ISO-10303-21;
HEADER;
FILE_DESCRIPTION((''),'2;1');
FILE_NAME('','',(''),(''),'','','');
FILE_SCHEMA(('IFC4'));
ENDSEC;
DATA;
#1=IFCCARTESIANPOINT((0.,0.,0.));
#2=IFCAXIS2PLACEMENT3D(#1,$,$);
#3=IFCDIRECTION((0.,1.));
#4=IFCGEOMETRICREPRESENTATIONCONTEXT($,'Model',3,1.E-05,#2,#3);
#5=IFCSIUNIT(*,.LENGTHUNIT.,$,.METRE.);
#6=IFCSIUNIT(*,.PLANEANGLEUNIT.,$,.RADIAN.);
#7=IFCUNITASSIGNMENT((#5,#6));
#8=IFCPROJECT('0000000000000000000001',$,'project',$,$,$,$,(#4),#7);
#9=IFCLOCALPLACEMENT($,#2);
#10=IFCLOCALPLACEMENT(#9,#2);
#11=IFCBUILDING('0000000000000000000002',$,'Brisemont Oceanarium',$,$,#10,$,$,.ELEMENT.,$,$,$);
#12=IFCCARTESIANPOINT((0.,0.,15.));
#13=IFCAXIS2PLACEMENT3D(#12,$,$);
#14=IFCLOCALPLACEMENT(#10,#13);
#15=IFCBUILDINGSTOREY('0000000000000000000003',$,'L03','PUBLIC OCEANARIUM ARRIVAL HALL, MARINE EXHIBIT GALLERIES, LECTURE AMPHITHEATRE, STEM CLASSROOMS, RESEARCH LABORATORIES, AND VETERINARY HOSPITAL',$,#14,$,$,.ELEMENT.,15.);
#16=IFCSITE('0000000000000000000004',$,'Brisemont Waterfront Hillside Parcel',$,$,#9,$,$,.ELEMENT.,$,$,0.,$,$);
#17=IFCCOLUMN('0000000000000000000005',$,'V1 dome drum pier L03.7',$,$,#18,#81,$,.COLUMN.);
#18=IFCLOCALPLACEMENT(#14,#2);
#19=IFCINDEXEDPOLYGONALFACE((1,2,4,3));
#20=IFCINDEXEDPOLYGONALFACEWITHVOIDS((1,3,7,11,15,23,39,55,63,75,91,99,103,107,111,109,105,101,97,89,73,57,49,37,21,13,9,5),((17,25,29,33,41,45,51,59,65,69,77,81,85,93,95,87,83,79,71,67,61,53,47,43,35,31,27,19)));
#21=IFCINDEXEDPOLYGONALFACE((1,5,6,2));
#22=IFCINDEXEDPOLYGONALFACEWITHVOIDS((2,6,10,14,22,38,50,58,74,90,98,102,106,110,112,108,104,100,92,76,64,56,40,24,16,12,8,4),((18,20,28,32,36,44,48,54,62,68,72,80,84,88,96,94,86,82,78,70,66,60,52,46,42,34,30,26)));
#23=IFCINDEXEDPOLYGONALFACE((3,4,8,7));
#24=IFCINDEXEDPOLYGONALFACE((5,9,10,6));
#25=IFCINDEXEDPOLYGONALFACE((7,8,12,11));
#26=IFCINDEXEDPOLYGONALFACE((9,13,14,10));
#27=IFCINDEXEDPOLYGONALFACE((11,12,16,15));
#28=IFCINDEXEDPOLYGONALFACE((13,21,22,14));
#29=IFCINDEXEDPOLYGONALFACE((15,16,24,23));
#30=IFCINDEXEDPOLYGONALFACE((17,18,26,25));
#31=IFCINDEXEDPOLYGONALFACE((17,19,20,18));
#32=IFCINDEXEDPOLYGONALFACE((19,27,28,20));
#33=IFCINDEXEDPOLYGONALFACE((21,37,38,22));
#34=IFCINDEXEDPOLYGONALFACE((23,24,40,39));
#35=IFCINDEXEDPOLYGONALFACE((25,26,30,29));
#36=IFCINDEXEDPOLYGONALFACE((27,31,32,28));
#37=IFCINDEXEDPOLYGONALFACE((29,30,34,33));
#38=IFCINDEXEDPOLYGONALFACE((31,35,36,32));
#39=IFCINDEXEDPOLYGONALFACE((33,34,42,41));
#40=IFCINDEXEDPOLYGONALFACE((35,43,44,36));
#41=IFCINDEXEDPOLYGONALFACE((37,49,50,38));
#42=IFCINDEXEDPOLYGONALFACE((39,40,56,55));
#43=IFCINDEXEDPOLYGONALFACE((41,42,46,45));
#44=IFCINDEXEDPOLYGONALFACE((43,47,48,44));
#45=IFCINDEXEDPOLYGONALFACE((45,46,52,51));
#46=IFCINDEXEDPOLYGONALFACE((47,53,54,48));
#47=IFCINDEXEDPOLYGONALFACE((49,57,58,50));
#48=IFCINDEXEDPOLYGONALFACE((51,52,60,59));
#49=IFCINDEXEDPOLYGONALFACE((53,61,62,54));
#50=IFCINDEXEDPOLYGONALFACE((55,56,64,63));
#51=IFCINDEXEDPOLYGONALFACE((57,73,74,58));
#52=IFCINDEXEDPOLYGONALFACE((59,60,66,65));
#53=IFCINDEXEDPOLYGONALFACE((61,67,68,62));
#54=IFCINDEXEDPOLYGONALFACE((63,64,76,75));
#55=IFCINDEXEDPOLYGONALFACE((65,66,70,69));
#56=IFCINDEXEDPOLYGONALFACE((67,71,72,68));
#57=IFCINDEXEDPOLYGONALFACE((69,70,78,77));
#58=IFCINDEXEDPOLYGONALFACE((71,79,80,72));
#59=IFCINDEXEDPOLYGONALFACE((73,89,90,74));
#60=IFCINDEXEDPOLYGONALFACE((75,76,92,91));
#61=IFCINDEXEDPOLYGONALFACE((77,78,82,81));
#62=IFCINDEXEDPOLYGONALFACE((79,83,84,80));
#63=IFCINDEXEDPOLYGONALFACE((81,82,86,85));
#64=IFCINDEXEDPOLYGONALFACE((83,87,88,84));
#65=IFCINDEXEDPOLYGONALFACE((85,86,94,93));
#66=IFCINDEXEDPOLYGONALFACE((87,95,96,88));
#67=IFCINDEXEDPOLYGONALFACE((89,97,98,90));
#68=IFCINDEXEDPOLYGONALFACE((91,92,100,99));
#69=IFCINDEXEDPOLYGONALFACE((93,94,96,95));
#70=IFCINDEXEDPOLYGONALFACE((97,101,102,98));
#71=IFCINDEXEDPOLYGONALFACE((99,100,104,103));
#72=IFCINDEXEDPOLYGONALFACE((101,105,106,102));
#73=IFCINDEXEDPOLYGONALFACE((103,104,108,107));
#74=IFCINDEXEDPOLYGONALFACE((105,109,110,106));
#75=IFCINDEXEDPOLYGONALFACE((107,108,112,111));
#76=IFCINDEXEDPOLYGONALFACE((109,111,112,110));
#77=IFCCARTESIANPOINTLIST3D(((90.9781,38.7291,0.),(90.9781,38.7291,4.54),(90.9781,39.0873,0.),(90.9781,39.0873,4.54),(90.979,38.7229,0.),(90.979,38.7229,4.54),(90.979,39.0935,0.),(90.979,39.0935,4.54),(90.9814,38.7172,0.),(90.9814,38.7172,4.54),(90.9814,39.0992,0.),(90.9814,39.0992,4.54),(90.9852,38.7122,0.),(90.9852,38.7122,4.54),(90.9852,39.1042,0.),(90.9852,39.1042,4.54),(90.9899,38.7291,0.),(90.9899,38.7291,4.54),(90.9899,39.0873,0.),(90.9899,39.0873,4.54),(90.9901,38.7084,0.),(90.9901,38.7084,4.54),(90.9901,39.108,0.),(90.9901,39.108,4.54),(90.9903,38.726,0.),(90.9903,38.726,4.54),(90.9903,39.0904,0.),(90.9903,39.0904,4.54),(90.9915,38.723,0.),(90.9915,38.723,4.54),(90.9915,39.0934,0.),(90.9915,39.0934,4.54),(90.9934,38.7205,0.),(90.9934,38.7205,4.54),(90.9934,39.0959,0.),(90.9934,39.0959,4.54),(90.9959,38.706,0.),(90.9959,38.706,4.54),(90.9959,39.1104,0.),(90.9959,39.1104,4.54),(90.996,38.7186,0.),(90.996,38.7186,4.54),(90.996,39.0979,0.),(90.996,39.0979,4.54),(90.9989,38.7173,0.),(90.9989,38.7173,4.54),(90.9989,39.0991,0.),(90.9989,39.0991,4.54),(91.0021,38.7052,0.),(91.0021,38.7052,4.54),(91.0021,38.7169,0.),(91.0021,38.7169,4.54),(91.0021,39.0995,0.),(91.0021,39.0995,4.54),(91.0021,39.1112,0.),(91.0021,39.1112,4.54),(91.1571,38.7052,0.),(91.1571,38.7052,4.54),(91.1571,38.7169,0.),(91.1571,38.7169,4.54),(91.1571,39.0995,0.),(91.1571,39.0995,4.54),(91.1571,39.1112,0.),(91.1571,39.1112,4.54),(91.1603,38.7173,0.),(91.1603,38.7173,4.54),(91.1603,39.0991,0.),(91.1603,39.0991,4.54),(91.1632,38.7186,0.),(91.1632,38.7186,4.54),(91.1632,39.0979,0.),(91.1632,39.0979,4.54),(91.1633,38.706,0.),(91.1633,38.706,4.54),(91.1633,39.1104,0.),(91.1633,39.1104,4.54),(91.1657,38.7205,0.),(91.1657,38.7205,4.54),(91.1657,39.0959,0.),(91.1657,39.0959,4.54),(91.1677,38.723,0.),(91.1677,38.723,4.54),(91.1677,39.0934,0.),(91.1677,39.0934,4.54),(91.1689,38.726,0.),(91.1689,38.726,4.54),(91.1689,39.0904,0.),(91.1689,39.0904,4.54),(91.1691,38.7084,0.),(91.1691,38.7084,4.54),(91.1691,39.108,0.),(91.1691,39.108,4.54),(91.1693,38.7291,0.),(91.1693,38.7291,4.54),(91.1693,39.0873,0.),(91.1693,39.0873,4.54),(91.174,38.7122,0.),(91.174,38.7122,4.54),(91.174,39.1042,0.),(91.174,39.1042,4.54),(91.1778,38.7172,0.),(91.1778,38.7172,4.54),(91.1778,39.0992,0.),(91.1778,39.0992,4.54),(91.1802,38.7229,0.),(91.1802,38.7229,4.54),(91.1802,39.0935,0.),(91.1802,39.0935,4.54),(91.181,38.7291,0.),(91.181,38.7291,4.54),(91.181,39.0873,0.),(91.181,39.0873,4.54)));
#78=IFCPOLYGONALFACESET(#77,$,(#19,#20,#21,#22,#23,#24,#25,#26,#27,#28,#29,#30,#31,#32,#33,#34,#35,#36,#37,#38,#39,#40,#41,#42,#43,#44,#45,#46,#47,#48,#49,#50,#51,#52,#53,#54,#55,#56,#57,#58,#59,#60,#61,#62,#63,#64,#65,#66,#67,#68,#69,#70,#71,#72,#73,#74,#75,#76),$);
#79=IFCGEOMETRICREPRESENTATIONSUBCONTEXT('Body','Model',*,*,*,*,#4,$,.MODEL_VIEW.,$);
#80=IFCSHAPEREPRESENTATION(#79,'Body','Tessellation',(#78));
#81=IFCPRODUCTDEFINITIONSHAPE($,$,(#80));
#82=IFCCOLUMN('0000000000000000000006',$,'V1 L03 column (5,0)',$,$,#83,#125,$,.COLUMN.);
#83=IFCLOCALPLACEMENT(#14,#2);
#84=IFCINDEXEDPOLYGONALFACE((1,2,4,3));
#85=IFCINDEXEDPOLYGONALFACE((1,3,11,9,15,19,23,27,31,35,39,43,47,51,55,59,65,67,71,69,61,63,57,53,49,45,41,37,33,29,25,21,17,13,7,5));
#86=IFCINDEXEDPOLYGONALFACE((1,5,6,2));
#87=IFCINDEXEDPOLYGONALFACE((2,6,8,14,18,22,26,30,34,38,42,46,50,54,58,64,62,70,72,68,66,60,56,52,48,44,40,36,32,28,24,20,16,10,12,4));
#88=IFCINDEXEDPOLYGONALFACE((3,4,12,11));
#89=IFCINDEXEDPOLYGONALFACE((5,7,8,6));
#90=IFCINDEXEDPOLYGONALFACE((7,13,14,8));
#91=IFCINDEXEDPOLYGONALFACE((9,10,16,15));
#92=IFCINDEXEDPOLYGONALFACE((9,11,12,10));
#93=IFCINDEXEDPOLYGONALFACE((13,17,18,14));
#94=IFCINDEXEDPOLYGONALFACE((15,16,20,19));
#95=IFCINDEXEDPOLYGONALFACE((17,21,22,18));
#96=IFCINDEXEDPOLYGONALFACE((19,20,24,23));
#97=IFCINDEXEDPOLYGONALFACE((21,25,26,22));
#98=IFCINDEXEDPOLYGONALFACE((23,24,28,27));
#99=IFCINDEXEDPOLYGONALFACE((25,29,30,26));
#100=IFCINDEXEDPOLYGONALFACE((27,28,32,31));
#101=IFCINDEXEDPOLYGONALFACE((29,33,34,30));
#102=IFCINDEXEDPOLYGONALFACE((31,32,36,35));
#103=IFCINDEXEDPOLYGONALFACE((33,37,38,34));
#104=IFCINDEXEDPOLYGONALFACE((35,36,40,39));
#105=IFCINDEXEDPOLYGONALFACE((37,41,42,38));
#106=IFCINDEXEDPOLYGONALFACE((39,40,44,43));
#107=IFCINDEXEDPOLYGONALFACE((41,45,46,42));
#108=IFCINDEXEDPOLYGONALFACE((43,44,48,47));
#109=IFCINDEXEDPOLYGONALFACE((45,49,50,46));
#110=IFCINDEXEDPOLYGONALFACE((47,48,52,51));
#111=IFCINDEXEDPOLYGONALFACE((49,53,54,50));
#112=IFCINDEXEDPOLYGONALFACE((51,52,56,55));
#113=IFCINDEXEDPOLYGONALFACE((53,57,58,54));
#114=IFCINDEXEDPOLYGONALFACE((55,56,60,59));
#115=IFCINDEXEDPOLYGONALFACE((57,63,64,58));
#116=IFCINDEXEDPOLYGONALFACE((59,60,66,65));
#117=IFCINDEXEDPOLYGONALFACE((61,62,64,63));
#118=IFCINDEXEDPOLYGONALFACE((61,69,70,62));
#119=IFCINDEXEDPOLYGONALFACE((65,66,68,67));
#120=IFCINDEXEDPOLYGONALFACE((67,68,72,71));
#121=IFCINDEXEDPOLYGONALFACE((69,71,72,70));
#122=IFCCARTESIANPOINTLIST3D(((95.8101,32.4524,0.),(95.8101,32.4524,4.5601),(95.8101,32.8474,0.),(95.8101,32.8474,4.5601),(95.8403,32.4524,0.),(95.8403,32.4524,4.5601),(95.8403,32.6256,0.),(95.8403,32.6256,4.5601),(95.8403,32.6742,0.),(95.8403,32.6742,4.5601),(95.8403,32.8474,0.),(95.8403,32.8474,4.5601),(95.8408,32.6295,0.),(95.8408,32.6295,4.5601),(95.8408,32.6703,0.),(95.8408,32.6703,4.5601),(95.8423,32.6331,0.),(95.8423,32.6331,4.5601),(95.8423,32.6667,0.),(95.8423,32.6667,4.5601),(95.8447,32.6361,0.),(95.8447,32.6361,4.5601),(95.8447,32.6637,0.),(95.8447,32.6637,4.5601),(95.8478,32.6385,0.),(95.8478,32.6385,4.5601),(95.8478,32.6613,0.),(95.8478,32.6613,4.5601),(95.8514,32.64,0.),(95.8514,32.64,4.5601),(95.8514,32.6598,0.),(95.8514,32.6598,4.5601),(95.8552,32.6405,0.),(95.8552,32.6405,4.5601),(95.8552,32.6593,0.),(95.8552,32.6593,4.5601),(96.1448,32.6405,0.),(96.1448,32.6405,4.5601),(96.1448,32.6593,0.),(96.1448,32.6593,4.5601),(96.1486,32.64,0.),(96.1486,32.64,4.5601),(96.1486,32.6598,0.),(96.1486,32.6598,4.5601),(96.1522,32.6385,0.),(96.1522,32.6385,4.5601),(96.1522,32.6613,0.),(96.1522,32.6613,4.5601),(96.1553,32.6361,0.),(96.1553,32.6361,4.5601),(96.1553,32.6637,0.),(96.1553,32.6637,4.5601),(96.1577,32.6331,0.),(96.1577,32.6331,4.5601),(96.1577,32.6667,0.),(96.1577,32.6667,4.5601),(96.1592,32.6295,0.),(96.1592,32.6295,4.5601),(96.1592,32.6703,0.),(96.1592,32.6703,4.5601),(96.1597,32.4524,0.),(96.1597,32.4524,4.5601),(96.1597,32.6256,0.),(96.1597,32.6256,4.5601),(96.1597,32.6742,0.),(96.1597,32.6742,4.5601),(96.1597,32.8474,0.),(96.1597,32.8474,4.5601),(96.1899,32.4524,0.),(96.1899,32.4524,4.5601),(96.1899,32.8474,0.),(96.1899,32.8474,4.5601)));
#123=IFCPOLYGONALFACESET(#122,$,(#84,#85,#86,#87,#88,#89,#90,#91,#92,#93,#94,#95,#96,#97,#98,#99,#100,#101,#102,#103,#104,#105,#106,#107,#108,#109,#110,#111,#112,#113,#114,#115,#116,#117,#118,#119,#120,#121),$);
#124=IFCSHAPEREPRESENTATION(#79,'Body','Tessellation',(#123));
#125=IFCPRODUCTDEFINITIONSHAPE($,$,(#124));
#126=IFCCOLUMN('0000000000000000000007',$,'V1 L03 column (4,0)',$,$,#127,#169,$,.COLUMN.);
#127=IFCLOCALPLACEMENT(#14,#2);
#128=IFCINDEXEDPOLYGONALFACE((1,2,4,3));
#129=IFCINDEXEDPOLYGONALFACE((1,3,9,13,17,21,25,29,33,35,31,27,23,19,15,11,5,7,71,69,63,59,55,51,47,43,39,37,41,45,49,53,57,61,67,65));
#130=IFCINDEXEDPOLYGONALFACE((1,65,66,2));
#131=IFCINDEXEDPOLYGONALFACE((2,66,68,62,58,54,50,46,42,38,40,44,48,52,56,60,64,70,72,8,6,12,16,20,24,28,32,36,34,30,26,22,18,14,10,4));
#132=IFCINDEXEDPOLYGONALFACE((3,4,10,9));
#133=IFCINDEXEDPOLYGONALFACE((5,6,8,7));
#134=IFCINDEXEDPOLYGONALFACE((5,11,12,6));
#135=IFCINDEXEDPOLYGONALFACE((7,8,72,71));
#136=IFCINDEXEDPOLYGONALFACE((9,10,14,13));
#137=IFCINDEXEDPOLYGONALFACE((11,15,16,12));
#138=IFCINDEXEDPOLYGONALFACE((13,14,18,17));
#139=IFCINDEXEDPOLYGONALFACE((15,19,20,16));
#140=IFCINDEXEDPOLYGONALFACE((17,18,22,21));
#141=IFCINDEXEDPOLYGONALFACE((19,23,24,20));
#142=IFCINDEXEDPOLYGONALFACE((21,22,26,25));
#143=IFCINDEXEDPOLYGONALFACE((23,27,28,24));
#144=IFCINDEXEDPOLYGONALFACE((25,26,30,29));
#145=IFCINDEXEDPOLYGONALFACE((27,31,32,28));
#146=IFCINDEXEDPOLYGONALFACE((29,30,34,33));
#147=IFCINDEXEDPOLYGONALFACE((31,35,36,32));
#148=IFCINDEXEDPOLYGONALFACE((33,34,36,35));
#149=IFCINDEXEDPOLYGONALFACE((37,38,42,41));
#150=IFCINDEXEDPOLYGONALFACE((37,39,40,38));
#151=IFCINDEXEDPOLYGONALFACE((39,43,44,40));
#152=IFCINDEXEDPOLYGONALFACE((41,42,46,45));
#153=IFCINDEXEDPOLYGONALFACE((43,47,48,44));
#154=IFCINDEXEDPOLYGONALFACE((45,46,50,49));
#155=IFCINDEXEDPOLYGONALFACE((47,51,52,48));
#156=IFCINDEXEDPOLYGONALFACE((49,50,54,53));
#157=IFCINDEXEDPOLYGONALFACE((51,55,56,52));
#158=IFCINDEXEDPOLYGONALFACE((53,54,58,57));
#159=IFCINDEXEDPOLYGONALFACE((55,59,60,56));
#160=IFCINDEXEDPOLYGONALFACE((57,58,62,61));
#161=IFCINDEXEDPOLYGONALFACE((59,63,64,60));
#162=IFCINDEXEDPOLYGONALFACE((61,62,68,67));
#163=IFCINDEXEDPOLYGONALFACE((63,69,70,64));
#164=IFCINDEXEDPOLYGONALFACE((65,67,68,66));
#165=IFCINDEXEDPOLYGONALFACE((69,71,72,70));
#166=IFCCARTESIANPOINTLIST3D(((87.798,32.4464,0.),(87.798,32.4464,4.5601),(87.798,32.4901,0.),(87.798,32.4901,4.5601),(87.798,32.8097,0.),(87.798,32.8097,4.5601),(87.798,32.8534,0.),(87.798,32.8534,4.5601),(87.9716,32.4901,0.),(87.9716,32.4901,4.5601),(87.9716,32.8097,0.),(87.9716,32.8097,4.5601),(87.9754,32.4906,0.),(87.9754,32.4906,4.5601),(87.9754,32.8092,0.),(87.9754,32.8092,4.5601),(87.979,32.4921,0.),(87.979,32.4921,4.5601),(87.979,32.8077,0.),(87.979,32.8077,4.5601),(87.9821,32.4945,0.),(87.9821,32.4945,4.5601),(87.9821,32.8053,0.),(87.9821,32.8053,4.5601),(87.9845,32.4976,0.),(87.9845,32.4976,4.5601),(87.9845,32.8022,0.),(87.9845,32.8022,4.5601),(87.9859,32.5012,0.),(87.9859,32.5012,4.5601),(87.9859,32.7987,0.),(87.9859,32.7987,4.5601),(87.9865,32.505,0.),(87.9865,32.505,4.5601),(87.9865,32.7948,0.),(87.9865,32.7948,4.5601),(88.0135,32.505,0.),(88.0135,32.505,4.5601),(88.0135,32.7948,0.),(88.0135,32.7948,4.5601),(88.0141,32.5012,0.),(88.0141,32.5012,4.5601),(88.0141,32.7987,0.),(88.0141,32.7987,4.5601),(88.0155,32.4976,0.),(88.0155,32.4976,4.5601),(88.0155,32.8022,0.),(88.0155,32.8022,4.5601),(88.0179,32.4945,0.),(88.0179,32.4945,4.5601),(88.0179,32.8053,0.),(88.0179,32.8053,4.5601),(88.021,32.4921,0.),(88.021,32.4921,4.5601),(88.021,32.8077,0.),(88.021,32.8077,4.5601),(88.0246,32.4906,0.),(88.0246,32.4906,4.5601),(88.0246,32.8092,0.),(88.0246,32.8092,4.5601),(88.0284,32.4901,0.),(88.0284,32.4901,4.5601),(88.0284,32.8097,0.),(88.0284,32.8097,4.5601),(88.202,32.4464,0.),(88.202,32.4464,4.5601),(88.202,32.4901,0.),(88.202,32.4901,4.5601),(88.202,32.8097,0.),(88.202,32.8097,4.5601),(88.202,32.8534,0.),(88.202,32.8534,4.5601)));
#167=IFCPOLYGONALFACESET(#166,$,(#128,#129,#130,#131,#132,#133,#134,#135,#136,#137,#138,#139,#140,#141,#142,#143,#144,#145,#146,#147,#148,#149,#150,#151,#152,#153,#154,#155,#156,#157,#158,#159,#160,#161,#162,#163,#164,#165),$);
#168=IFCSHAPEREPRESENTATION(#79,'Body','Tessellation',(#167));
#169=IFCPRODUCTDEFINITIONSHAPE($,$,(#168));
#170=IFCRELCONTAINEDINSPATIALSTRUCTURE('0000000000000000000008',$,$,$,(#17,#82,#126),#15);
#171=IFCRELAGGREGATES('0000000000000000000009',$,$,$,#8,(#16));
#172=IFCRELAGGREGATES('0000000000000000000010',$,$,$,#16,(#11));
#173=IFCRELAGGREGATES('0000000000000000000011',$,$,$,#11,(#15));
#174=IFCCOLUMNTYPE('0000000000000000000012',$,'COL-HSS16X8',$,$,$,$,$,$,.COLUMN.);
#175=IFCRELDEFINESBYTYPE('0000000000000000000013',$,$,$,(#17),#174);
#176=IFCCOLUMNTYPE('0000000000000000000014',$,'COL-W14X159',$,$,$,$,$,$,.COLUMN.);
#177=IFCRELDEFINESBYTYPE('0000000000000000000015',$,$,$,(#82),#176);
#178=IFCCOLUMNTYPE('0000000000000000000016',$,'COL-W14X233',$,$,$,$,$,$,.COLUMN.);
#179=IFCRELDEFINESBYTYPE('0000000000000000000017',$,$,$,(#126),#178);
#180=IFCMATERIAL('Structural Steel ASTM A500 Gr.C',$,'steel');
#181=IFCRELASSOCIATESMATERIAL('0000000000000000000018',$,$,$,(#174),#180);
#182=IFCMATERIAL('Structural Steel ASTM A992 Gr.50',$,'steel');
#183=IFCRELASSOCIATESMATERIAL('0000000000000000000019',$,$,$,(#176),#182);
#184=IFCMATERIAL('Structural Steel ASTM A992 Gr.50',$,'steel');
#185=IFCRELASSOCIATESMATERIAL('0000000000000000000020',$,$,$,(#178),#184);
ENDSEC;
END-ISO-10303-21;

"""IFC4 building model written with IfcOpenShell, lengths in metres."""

from ifc_helpers import new_model, si_unit, direction, frame, origin, origin_2d, place, context, subcontext, project, spatial, hollow_rectangle, i_section, extrude, material, material_profile, profile_set, type_object, element, save


model = new_model("IFC4")

# Units and contexts
model_context = context("Model", 3, precision=1e-05, world=origin(), true_north=direction((0.0, 1.0)))
body_context = subcontext(model_context, "Body", "Model", "MODEL_VIEW")
ifc_project = project(units=[si_unit("LENGTHUNIT", "METRE"), si_unit("PLANEANGLEUNIT", "RADIAN")], contexts=[model_context])

# Site, building, storey
site_placement = place(None, origin())
site = spatial("IfcSite", under=ifc_project, at=site_placement, Name="Brisemont Waterfront Hillside Parcel", CompositionType="ELEMENT", RefElevation=0.0)
building_placement = place(site_placement, origin())
building = spatial("IfcBuilding", under=site, at=building_placement, Name="Brisemont Oceanarium", CompositionType="ELEMENT")
storey_placement = place(building_placement, frame((0.0, 0.0, 15.0)))
storey = spatial("IfcBuildingStorey", under=building, at=storey_placement, Name="L03", Description="PUBLIC OCEANARIUM ARRIVAL HALL, MARINE EXHIBIT GALLERIES, LECTURE AMPHITHEATRE, STEM CLASSROOMS, RESEARCH LABORATORIES, AND VETERINARY HOSPITAL", CompositionType="ELEMENT", Elevation=15.0)

# Columns
ifc_material_1 = material(Name="Structural Steel ASTM A500 Gr.C", Category="steel")
ifc_material_profile_1 = material_profile(ifc_material_1, hollow_rectangle(XDim=0.2029, YDim=0.406, WallThickness=0.0117, InnerFilletRadius=0.0122, OuterFilletRadius=0.0239, at=origin_2d()), Name="HSS16X8X1/2")
ifc_profile_set_1 = profile_set([ifc_material_profile_1], Name="Structural Steel ASTM A500 Gr.C")
column_type_1 = type_object("IfcColumnType", Name="COL-HSS16X8", PredefinedType="COLUMN", material=ifc_profile_set_1)
column_1_placement = place(storey_placement, frame((91.0796, 38.9082, 0.0), z_axis=(0.0, 0.0, 1.0), x_axis=(1.0, 0.0, 0.0)))
element("IfcColumn", 1, at=column_1_placement, inside=storey, type_object=column_type_1, Name="V1 dome drum pier L03.7", PredefinedType="COLUMN", context=body_context, shape_type="SweptSolid", body=[
    extrude(hollow_rectangle(XDim=0.2029, YDim=0.406, WallThickness=0.0117, InnerFilletRadius=0.0122, OuterFilletRadius=0.0239, at=origin_2d()), origin(), (0.0, 0.0, 1.0), 4.54),
])
ifc_material_2 = material(Name="Structural Steel ASTM A992 Gr.50", Category="steel")
ifc_material_profile_2 = material_profile(ifc_material_2, i_section(OverallWidth=0.395, OverallDepth=0.3799, WebThickness=0.0188, FlangeThickness=0.0303, FilletRadius=0.0149, at=origin_2d()), Name="W14X159")
ifc_profile_set_2 = profile_set([ifc_material_profile_2], Name="Structural Steel ASTM A992 Gr.50")
column_type_2 = type_object("IfcColumnType", Name="COL-W14X159", PredefinedType="COLUMN", material=ifc_profile_set_2)
column_2_placement = place(storey_placement, frame((96.0, 32.6499, 0.0), z_axis=(0.0, 0.0, 1.0), x_axis=(0.0, 1.0, 0.0)))
element("IfcColumn", 2, at=column_2_placement, inside=storey, type_object=column_type_2, Name="V1 L03 column (5,0)", PredefinedType="COLUMN", context=body_context, shape_type="SweptSolid", body=[
    extrude(i_section(OverallWidth=0.395, OverallDepth=0.3799, WebThickness=0.0188, FlangeThickness=0.0303, FilletRadius=0.0149, at=origin_2d()), origin(), (0.0, 0.0, 1.0), 4.5601),
])
ifc_material_3 = material(Name="Structural Steel ASTM A992 Gr.50", Category="steel")
ifc_material_profile_3 = material_profile(ifc_material_3, i_section(OverallWidth=0.4041, OverallDepth=0.407, WebThickness=0.0271, FlangeThickness=0.0437, FilletRadius=0.0149, at=origin_2d()), Name="W14X233")
ifc_profile_set_3 = profile_set([ifc_material_profile_3], Name="Structural Steel ASTM A992 Gr.50")
column_type_3 = type_object("IfcColumnType", Name="COL-W14X233", PredefinedType="COLUMN", material=ifc_profile_set_3)
column_3_placement = place(storey_placement, frame((88.0, 32.6499, 0.0), z_axis=(0.0, 0.0, 1.0), x_axis=(1.0, 0.0, 0.0)))
element("IfcColumn", 3, at=column_3_placement, inside=storey, type_object=column_type_3, Name="V1 L03 column (4,0)", PredefinedType="COLUMN", context=body_context, shape_type="SweptSolid", body=[
    extrude(i_section(OverallWidth=0.4041, OverallDepth=0.407, WebThickness=0.0271, FlangeThickness=0.0437, FilletRadius=0.0149, at=origin_2d()), origin(), (0.0, 0.0, 1.0), 4.5601),
])

save(model, "model.ifc")
